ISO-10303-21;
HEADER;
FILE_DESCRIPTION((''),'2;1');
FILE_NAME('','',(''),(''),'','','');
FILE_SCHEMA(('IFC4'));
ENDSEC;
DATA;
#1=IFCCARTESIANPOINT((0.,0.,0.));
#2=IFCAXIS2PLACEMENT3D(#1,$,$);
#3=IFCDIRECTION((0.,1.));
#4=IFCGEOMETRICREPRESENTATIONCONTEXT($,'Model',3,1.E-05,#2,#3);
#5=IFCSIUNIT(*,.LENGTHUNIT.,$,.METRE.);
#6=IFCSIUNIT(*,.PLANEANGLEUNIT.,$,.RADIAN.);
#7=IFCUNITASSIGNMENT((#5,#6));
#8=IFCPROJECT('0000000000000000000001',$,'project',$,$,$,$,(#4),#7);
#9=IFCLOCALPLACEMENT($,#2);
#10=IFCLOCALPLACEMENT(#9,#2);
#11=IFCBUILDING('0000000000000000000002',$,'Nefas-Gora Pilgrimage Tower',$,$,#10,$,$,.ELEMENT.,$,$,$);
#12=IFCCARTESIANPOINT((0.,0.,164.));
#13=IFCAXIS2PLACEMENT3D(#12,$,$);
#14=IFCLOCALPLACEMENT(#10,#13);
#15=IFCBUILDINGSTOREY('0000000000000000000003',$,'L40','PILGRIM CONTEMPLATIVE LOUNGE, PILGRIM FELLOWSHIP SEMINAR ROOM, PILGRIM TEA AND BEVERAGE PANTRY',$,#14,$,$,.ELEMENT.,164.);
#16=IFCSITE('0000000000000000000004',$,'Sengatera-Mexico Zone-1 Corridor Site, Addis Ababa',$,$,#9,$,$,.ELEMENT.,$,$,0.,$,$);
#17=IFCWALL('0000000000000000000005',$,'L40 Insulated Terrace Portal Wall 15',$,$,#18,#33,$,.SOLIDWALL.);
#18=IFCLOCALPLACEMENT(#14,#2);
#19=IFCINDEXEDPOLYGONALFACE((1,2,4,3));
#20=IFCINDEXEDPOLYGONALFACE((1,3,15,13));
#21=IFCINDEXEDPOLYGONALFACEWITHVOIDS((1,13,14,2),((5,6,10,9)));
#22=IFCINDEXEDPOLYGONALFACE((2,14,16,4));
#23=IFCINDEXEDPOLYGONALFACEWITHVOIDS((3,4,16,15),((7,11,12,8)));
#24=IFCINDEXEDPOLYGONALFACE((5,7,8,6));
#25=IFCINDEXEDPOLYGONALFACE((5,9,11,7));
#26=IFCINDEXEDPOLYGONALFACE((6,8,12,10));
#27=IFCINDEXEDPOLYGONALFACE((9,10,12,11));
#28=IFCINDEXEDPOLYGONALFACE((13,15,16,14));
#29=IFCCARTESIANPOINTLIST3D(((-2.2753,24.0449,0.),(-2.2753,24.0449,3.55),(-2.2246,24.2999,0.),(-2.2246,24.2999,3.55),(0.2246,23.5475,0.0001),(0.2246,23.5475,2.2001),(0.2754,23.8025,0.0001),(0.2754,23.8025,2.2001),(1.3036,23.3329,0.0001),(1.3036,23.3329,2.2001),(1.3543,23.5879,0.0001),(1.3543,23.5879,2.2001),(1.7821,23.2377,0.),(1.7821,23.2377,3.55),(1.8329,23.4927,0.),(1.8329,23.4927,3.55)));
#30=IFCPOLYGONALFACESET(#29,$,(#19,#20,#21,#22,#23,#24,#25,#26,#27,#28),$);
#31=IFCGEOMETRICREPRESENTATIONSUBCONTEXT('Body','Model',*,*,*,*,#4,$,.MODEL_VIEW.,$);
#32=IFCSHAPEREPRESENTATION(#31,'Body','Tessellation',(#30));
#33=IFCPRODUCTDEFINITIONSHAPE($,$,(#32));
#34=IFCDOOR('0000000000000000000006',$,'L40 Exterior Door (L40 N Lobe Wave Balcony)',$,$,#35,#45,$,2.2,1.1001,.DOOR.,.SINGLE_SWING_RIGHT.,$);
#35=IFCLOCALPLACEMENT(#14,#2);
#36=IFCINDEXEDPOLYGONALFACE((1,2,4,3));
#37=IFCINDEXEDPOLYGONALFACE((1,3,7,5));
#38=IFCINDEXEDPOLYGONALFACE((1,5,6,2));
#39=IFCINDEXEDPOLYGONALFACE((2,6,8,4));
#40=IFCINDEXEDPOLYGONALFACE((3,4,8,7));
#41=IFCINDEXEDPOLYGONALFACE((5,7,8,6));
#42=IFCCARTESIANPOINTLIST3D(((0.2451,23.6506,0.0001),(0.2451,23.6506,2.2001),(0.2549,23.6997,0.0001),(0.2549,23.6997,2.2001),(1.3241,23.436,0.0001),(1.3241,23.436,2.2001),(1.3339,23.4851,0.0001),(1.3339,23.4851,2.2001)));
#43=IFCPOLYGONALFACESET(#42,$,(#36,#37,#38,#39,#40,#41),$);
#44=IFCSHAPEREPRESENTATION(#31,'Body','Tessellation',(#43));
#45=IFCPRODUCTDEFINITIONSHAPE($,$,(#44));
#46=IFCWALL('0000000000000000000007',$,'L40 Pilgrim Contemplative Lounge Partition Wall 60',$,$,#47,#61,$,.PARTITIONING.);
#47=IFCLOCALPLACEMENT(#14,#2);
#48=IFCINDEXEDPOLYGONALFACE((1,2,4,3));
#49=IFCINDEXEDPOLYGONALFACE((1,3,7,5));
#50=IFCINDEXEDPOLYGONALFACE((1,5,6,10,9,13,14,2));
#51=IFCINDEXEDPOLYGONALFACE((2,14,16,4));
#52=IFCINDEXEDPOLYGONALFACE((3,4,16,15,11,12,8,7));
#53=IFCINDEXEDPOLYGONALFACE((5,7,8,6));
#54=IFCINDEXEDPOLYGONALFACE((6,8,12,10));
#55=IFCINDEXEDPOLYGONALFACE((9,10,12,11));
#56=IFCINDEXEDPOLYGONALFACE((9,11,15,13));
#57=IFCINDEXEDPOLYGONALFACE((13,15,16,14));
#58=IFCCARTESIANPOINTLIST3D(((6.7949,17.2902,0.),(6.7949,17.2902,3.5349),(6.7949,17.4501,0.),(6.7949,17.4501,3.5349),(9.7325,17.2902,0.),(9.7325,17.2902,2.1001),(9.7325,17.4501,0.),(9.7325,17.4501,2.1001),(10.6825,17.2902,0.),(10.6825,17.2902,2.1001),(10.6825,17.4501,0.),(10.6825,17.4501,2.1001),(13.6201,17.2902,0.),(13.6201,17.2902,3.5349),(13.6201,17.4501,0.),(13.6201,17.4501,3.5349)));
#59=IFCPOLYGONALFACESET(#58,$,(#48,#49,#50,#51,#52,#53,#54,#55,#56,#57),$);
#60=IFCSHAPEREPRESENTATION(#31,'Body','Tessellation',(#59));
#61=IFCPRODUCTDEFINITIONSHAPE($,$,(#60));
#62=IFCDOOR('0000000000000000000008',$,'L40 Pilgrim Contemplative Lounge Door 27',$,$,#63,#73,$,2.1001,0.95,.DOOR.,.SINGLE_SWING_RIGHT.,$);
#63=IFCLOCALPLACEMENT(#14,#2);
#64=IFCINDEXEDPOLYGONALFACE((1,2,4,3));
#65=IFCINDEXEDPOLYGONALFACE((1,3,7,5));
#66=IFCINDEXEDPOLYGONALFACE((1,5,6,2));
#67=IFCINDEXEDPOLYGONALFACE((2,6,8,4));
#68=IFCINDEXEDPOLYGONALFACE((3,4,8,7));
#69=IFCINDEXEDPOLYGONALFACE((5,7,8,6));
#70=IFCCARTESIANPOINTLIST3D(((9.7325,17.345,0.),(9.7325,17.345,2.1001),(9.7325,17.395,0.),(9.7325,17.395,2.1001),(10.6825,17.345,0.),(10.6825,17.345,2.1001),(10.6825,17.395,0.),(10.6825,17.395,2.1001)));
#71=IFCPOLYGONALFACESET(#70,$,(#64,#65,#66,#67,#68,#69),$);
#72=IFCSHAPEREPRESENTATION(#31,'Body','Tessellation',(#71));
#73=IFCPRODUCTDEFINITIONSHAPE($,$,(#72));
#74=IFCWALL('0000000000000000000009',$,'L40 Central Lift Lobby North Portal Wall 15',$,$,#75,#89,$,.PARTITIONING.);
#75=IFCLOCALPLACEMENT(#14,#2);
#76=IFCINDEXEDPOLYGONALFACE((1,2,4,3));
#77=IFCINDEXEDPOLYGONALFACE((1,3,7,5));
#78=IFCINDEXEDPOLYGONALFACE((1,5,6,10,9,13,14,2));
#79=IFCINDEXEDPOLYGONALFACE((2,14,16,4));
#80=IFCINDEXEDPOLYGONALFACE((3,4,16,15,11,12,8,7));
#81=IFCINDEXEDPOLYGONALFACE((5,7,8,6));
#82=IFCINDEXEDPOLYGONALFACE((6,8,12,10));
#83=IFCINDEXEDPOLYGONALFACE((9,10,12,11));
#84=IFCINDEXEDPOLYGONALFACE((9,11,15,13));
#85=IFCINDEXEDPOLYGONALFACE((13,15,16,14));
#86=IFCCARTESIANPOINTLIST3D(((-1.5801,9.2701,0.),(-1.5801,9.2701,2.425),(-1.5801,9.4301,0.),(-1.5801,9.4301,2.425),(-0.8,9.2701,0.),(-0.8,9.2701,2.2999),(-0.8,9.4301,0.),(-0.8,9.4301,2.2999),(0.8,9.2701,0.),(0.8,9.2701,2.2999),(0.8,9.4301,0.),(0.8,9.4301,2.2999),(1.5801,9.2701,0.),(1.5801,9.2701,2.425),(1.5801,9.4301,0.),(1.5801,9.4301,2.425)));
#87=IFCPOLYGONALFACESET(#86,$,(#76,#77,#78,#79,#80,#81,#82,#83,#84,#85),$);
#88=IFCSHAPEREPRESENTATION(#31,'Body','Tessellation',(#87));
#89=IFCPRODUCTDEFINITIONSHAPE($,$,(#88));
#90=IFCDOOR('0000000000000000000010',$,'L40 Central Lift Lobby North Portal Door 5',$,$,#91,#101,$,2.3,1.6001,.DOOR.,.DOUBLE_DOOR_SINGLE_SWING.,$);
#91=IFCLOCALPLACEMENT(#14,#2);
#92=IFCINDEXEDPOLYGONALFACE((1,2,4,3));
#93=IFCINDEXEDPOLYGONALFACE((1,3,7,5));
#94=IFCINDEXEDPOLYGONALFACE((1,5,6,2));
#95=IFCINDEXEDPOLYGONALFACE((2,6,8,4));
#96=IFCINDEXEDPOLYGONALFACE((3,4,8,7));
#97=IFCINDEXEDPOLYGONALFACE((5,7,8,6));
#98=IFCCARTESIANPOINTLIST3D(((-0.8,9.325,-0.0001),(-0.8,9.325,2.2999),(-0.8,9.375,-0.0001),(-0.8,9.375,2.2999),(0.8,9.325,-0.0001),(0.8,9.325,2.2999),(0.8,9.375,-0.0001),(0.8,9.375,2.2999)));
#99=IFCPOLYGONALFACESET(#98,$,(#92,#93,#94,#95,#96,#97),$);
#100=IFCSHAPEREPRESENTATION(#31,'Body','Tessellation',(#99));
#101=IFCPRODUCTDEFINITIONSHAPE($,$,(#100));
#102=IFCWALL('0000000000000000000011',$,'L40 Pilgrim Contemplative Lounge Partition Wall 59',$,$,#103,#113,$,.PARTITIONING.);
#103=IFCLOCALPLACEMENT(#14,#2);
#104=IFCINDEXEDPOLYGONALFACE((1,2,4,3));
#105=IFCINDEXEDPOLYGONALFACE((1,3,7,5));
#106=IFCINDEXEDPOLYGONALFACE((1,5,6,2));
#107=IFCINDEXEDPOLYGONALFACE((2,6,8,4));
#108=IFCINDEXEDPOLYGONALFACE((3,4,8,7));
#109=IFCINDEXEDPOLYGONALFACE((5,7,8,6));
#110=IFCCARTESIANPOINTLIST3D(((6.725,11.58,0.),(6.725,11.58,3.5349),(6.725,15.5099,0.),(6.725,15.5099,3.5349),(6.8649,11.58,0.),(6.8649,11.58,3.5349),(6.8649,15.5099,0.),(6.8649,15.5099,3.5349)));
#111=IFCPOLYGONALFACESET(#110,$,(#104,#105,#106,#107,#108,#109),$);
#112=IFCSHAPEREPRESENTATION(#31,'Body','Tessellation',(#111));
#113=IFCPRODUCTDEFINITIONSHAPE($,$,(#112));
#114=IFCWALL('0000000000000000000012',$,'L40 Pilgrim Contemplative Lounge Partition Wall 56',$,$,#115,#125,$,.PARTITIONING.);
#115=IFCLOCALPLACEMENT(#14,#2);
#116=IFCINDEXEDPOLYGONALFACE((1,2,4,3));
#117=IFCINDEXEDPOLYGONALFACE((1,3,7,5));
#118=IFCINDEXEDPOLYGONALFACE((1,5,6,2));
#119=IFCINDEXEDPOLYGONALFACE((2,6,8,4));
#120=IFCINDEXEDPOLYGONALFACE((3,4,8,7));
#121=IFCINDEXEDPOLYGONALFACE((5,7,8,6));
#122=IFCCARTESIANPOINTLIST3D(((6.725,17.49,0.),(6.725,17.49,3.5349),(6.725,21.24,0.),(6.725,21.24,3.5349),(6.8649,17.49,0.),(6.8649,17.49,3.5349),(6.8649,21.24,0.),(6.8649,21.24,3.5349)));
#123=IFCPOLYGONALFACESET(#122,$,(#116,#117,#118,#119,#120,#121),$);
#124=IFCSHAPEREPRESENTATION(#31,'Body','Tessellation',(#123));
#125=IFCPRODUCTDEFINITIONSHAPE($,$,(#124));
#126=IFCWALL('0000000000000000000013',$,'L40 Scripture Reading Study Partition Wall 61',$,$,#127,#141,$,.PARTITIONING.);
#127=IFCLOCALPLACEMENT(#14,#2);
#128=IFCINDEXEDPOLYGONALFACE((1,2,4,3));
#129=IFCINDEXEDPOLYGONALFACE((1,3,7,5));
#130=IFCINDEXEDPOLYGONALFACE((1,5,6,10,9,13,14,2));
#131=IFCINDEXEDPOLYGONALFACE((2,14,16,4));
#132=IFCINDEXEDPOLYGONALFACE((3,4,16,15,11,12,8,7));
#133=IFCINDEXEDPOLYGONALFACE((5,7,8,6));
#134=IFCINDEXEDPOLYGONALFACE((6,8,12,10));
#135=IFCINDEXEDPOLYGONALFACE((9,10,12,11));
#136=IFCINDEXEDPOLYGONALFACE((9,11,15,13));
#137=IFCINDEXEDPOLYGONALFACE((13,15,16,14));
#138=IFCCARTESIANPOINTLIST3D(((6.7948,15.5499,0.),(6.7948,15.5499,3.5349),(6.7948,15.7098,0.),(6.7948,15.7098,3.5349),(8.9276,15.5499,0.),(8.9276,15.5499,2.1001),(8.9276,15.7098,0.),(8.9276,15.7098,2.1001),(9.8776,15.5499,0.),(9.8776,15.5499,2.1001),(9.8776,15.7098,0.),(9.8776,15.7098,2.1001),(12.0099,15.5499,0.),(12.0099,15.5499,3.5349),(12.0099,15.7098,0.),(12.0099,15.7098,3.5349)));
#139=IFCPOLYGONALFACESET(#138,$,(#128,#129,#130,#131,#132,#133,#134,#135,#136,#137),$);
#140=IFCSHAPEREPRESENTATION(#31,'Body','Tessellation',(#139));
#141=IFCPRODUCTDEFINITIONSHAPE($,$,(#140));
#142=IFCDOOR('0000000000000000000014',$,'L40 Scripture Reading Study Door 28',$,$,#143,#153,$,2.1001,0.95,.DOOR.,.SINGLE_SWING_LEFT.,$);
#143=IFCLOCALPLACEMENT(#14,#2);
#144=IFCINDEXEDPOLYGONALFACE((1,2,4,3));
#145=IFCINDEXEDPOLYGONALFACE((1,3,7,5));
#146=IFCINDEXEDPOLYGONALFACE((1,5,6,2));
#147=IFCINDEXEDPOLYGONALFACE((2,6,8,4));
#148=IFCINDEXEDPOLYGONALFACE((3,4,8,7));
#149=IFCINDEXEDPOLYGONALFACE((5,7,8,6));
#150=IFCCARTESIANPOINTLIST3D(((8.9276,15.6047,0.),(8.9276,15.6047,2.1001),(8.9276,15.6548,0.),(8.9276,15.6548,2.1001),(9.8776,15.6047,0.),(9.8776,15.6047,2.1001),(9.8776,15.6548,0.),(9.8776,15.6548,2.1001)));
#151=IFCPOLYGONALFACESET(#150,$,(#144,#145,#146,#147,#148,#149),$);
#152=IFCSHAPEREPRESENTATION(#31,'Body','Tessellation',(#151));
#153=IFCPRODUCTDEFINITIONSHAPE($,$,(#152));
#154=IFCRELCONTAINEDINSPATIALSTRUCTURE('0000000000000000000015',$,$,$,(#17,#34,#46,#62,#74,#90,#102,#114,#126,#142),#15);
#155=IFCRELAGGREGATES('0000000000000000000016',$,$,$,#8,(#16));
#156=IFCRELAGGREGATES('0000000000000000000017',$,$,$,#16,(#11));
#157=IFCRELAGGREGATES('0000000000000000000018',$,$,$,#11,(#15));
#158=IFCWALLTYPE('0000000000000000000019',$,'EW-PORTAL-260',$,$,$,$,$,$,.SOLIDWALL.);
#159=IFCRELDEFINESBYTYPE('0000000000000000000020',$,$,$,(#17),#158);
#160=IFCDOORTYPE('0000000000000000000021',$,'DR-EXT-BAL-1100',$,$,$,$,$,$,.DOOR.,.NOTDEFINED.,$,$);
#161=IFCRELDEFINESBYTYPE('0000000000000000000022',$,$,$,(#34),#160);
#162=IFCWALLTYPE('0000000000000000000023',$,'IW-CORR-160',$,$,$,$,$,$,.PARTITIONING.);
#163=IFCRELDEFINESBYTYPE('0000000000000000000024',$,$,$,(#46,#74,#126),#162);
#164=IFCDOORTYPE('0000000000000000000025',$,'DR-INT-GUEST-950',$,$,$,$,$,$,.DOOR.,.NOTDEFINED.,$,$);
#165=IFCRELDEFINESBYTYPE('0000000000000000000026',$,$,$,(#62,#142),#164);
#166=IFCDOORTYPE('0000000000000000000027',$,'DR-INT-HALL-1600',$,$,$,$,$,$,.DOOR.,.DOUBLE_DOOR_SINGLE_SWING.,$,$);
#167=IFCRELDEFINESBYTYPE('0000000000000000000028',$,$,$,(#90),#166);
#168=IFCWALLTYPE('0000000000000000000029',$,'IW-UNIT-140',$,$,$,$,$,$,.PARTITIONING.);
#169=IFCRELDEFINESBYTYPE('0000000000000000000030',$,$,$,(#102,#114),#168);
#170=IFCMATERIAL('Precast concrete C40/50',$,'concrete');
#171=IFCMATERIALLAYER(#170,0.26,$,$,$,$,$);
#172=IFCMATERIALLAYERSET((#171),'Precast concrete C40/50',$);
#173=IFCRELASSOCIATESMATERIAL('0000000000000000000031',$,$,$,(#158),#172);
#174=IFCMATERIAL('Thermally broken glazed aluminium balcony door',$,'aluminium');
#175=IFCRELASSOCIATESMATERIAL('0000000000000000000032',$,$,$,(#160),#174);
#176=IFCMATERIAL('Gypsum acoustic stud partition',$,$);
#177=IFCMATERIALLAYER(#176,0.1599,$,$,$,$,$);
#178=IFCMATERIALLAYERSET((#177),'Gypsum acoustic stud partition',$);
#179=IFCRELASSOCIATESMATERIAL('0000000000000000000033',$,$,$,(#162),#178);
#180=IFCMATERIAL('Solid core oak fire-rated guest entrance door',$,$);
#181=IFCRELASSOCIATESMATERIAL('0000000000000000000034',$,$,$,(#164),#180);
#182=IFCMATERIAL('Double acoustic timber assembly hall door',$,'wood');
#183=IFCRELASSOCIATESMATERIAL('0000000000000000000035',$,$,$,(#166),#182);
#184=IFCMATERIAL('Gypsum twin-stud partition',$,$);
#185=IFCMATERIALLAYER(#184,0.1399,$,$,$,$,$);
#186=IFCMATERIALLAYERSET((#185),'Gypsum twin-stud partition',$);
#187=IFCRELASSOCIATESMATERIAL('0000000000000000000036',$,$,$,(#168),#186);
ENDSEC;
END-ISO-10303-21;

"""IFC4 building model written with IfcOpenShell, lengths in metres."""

from ifc_helpers import new_model, si_unit, direction, frame, frame_2d, origin, place, context, subcontext, project, spatial, rectangle, extrude, source, transform, mapped, material, layer, layer_set, type_object, element, fill, save


model = new_model("IFC4")

# Units and contexts
model_context = context("Model", 3, precision=1e-05, world=origin(), true_north=direction((0.0, 1.0)))
body_context = subcontext(model_context, "Body", "Model", "MODEL_VIEW")
ifc_project = project(units=[si_unit("LENGTHUNIT", "METRE"), si_unit("PLANEANGLEUNIT", "RADIAN")], contexts=[model_context])

# Site, building, storey
site_placement = place(None, origin())
site = spatial("IfcSite", under=ifc_project, at=site_placement, Name="Sengatera-Mexico Zone-1 Corridor Site, Addis Ababa", CompositionType="ELEMENT", RefElevation=0.0)
building_placement = place(site_placement, origin())
building = spatial("IfcBuilding", under=site, at=building_placement, Name="Nefas-Gora Pilgrimage Tower", CompositionType="ELEMENT")
storey_placement = place(building_placement, frame((0.0, 0.0, 164.0)))
storey = spatial("IfcBuildingStorey", under=building, at=storey_placement, Name="L40", Description="PILGRIM CONTEMPLATIVE LOUNGE, PILGRIM FELLOWSHIP SEMINAR ROOM, PILGRIM TEA AND BEVERAGE PANTRY", CompositionType="ELEMENT", Elevation=164.0)

# Shared definitions
ifc_material_1 = material(Name="Precast concrete C40/50", Category="concrete")
ifc_layer_1 = layer(ifc_material_1, 0.26)
ifc_layer_set_1 = layer_set([ifc_layer_1], Name="Precast concrete C40/50")
wall_type_1 = type_object("IfcWallType", Name="EW-PORTAL-260", PredefinedType="SOLIDWALL", material=ifc_layer_set_1)

# Walls, openings, doors
shared_shape_1 = source(origin(), body_context, "Body", "SweptSolid", [
    extrude(rectangle(XDim=4.137, YDim=0.26, at=frame_2d((2.0684, 0.0))), origin(), (0.0, 0.0, 1.0), 3.55),
])
wall_1_placement = place(storey_placement, frame((1.8074, 23.3652, 0.0), z_axis=(0.0, 0.0, 1.0), x_axis=(-0.980782, 0.195106, 0.0)))
wall_1 = element("IfcWall", 1, at=wall_1_placement, inside=storey, type_object=wall_type_1, Name="L40 Insulated Terrace Portal Wall 15", PredefinedType="SOLIDWALL", context=body_context, shape_type="MappedRepresentation", body=[
    mapped(shared_shape_1, transform((0.0, 0.0, 0.0), x_axis=(1.0, 0.0, 0.0), y_axis=(0.0, 1.0, 0.0), z_axis=(0.0, 0.0, 1.0), scale=1.0)),
])
opening_1_placement = place(wall_1_placement, frame((0.4878, 0.0, 0.0)))
opening_1 = element("IfcOpeningElement", 2, at=opening_1_placement, cuts=wall_1, PredefinedType="OPENING", context=body_context, shape_type="SweptSolid", body=[
    extrude(rectangle(XDim=1.1001, YDim=2.2, at=frame_2d((0.55, 1.1001))), frame((0.0, 0.1399, 0.0), z_axis=(0.0, -1.0, 0.0), x_axis=(1.0, 0.0, 0.0)), (0.0, 0.0, 1.0), 0.28),
])
ifc_material_2 = material(Name="Thermally broken glazed aluminium balcony door", Category="aluminium")
door_type_1 = type_object("IfcDoorType", Name="DR-EXT-BAL-1100", OperationType="NOTDEFINED", PredefinedType="DOOR", material=ifc_material_2)
shared_shape_2 = source(origin(), body_context, "Body", "SweptSolid", [
    extrude(rectangle(XDim=1.1001, YDim=2.2, at=frame_2d((0.55, 1.1001))), frame((0.0, 0.0249, 0.0), z_axis=(0.0, -1.0, 0.0), x_axis=(1.0, 0.0, 0.0)), (0.0, 0.0, 1.0), 0.05),
])
door_1_placement = place(opening_1_placement, origin())
door_1 = element("IfcDoor", 3, at=door_1_placement, inside=storey, type_object=door_type_1, Name="L40 Exterior Door (L40 N Lobe Wave Balcony)", OperationType="SINGLE_SWING_RIGHT", OverallHeight=2.2, OverallWidth=1.1001, PredefinedType="DOOR", context=body_context, shape_type="MappedRepresentation", body=[
    mapped(shared_shape_2, transform((0.0, 0.0, 0.0), x_axis=(1.0, 0.0, 0.0), y_axis=(0.0, 1.0, 0.0), z_axis=(0.0, 0.0, 1.0), scale=1.0)),
])
fill(opening_1, door_1)
ifc_material_3 = material(Name="Gypsum acoustic stud partition")
ifc_layer_2 = layer(ifc_material_3, 0.1599)
ifc_layer_set_2 = layer_set([ifc_layer_2], Name="Gypsum acoustic stud partition")
wall_type_2 = type_object("IfcWallType", Name="IW-CORR-160", PredefinedType="PARTITIONING", material=ifc_layer_set_2)
shared_shape_3 = source(origin(), body_context, "Body", "SweptSolid", [
    extrude(rectangle(XDim=6.8252, YDim=0.1599, at=frame_2d((3.4126, 0.0))), origin(), (0.0, 0.0, 1.0), 3.5349),
])
wall_2_placement = place(storey_placement, frame((6.7949, 17.3701, 0.0), z_axis=(0.0, 0.0, 1.0), x_axis=(1.0, 0.0, 0.0)))
wall_2 = element("IfcWall", 4, at=wall_2_placement, inside=storey, type_object=wall_type_2, Name="L40 Pilgrim Contemplative Lounge Partition Wall 60", PredefinedType="PARTITIONING", context=body_context, shape_type="MappedRepresentation", body=[
    mapped(shared_shape_3, transform((0.0, 0.0, 0.0), x_axis=(1.0, 0.0, 0.0), y_axis=(0.0, 1.0, 0.0), z_axis=(0.0, 0.0, 1.0), scale=1.0)),
])
opening_2_placement = place(wall_2_placement, frame((2.9375, 0.0, 0.0)))
opening_2 = element("IfcOpeningElement", 5, at=opening_2_placement, cuts=wall_2, PredefinedType="OPENING", context=body_context, shape_type="SweptSolid", body=[
    extrude(rectangle(XDim=0.95, YDim=2.1001, at=frame_2d((0.4751, 1.05))), frame((0.0, 0.0898, 0.0), z_axis=(0.0, -1.0, 0.0), x_axis=(1.0, 0.0, 0.0)), (0.0, 0.0, 1.0), 0.1799),
])
ifc_material_4 = material(Name="Solid core oak fire-rated guest entrance door")
door_type_2 = type_object("IfcDoorType", Name="DR-INT-GUEST-950", OperationType="NOTDEFINED", PredefinedType="DOOR", material=ifc_material_4)
shared_shape_4 = source(origin(), body_context, "Body", "SweptSolid", [
    extrude(rectangle(XDim=0.95, YDim=2.1001, at=frame_2d((0.4751, 1.05))), frame((0.0, 0.0249, 0.0), z_axis=(0.0, -1.0, 0.0), x_axis=(1.0, 0.0, 0.0)), (0.0, 0.0, 1.0), 0.05),
])
door_2_placement = place(opening_2_placement, origin())
door_2 = element("IfcDoor", 6, at=door_2_placement, inside=storey, type_object=door_type_2, Name="L40 Pilgrim Contemplative Lounge Door 27", OperationType="SINGLE_SWING_RIGHT", OverallHeight=2.1001, OverallWidth=0.95, PredefinedType="DOOR", context=body_context, shape_type="MappedRepresentation", body=[
    mapped(shared_shape_4, transform((0.0, 0.0, 0.0), x_axis=(1.0, 0.0, 0.0), y_axis=(0.0, 1.0, 0.0), z_axis=(0.0, 0.0, 1.0), scale=1.0)),
])
fill(opening_2, door_2)
shared_shape_5 = source(origin(), body_context, "Body", "SweptSolid", [
    extrude(rectangle(XDim=3.1602, YDim=0.1599, at=frame_2d((1.5801, 0.0))), origin(), (0.0, 0.0, 1.0), 2.425),
])
wall_3_placement = place(storey_placement, frame((-1.5801, 9.3501, 0.0), z_axis=(0.0, 0.0, 1.0), x_axis=(1.0, 0.0, 0.0)))
wall_3 = element("IfcWall", 7, at=wall_3_placement, inside=storey, type_object=wall_type_2, Name="L40 Central Lift Lobby North Portal Wall 15", PredefinedType="PARTITIONING", context=body_context, shape_type="MappedRepresentation", body=[
    mapped(shared_shape_5, transform((0.0, 0.0, 0.0), x_axis=(1.0, 0.0, 0.0), y_axis=(0.0, 1.0, 0.0), z_axis=(0.0, 0.0, 1.0), scale=1.0)),
])
opening_3_placement = place(wall_3_placement, frame((0.78, 0.0, 0.0)))
opening_3 = element("IfcOpeningElement", 8, at=opening_3_placement, cuts=wall_3, PredefinedType="OPENING", context=body_context, shape_type="SweptSolid", body=[
    extrude(rectangle(XDim=1.6001, YDim=2.3, at=frame_2d((0.8, 1.1499))), frame((0.0, 0.0898, 0.0), z_axis=(0.0, -1.0, 0.0), x_axis=(1.0, 0.0, 0.0)), (0.0, 0.0, 1.0), 0.1799),
])
ifc_material_5 = material(Name="Double acoustic timber assembly hall door", Category="wood")
door_type_3 = type_object("IfcDoorType", Name="DR-INT-HALL-1600", OperationType="DOUBLE_DOOR_SINGLE_SWING", PredefinedType="DOOR", material=ifc_material_5)
shared_shape_6 = source(origin(), body_context, "Body", "SweptSolid", [
    extrude(rectangle(XDim=1.6001, YDim=2.3, at=frame_2d((0.8, 1.1499))), frame((0.0, 0.0249, 0.0), z_axis=(0.0, -1.0, 0.0), x_axis=(1.0, 0.0, 0.0)), (0.0, 0.0, 1.0), 0.05),
])
door_3_placement = place(opening_3_placement, origin())
door_3 = element("IfcDoor", 9, at=door_3_placement, inside=storey, type_object=door_type_3, Name="L40 Central Lift Lobby North Portal Door 5", OperationType="DOUBLE_DOOR_SINGLE_SWING", OverallHeight=2.3, OverallWidth=1.6001, PredefinedType="DOOR", context=body_context, shape_type="MappedRepresentation", body=[
    mapped(shared_shape_6, transform((0.0, 0.0, 0.0), x_axis=(1.0, 0.0, 0.0), y_axis=(0.0, 1.0, 0.0), z_axis=(0.0, 0.0, 1.0), scale=1.0)),
])
fill(opening_3, door_3)

# Walls
ifc_material_6 = material(Name="Gypsum twin-stud partition")
ifc_layer_3 = layer(ifc_material_6, 0.1399)
ifc_layer_set_3 = layer_set([ifc_layer_3], Name="Gypsum twin-stud partition")
wall_type_3 = type_object("IfcWallType", Name="IW-UNIT-140", PredefinedType="PARTITIONING", material=ifc_layer_set_3)
shared_shape_7 = source(origin(), body_context, "Body", "SweptSolid", [
    extrude(rectangle(XDim=3.9299, YDim=0.1399, at=frame_2d((1.9648, 0.0))), origin(), (0.0, 0.0, 1.0), 3.5349),
])
wall_4_placement = place(storey_placement, frame((6.7949, 11.5801, 0.0), z_axis=(0.0, 0.0, 1.0), x_axis=(0.0, 1.0, 0.0)))
element("IfcWall", 10, at=wall_4_placement, inside=storey, type_object=wall_type_3, Name="L40 Pilgrim Contemplative Lounge Partition Wall 59", PredefinedType="PARTITIONING", context=body_context, shape_type="MappedRepresentation", body=[
    mapped(shared_shape_7, transform((0.0, 0.0, 0.0), x_axis=(1.0, 0.0, 0.0), y_axis=(0.0, 1.0, 0.0), z_axis=(0.0, 0.0, 1.0), scale=1.0)),
])
shared_shape_8 = source(origin(), body_context, "Body", "SweptSolid", [
    extrude(rectangle(XDim=3.75, YDim=0.1399, at=frame_2d((1.875, 0.0))), origin(), (0.0, 0.0, 1.0), 3.5349),
])
wall_5_placement = place(storey_placement, frame((6.7949, 17.49, 0.0), z_axis=(0.0, 0.0, 1.0), x_axis=(0.0, 1.0, 0.0)))
element("IfcWall", 11, at=wall_5_placement, inside=storey, type_object=wall_type_3, Name="L40 Pilgrim Contemplative Lounge Partition Wall 56", PredefinedType="PARTITIONING", context=body_context, shape_type="MappedRepresentation", body=[
    mapped(shared_shape_8, transform((0.0, 0.0, 0.0), x_axis=(1.0, 0.0, 0.0), y_axis=(0.0, 1.0, 0.0), z_axis=(0.0, 0.0, 1.0), scale=1.0)),
])

# Wall, opening, door
shared_shape_9 = source(origin(), body_context, "Body", "SweptSolid", [
    extrude(rectangle(XDim=5.2151, YDim=0.1599, at=frame_2d((2.6074, 0.0))), origin(), (0.0, 0.0, 1.0), 3.5349),
])
wall_6_placement = place(storey_placement, frame((6.7949, 15.6299, 0.0), z_axis=(0.0, 0.0, 1.0), x_axis=(1.0, 0.0, 0.0)))
wall_6 = element("IfcWall", 12, at=wall_6_placement, inside=storey, type_object=wall_type_2, Name="L40 Scripture Reading Study Partition Wall 61", PredefinedType="PARTITIONING", context=body_context, shape_type="MappedRepresentation", body=[
    mapped(shared_shape_9, transform((0.0, 0.0, 0.0), x_axis=(1.0, 0.0, 0.0), y_axis=(0.0, 1.0, 0.0), z_axis=(0.0, 0.0, 1.0), scale=1.0)),
])
opening_4_placement = place(wall_6_placement, frame((2.1326, 0.0, 0.0)))
opening_4 = element("IfcOpeningElement", 13, at=opening_4_placement, cuts=wall_6, PredefinedType="OPENING", context=body_context, shape_type="SweptSolid", body=[
    extrude(rectangle(XDim=0.95, YDim=2.1001, at=frame_2d((0.4751, 1.05))), frame((0.0, 0.0898, 0.0), z_axis=(0.0, -1.0, 0.0), x_axis=(1.0, 0.0, 0.0)), (0.0, 0.0, 1.0), 0.1799),
])
door_4_placement = place(opening_4_placement, origin())
door_4 = element("IfcDoor", 14, at=door_4_placement, inside=storey, type_object=door_type_2, Name="L40 Scripture Reading Study Door 28", OperationType="SINGLE_SWING_LEFT", OverallHeight=2.1001, OverallWidth=0.95, PredefinedType="DOOR", context=body_context, shape_type="MappedRepresentation", body=[
    mapped(shared_shape_4, transform((0.0, 0.0, 0.0), x_axis=(1.0, 0.0, 0.0), y_axis=(0.0, 1.0, 0.0), z_axis=(0.0, 0.0, 1.0), scale=1.0)),
])
fill(opening_4, door_4)

save(model, "model.ifc")
